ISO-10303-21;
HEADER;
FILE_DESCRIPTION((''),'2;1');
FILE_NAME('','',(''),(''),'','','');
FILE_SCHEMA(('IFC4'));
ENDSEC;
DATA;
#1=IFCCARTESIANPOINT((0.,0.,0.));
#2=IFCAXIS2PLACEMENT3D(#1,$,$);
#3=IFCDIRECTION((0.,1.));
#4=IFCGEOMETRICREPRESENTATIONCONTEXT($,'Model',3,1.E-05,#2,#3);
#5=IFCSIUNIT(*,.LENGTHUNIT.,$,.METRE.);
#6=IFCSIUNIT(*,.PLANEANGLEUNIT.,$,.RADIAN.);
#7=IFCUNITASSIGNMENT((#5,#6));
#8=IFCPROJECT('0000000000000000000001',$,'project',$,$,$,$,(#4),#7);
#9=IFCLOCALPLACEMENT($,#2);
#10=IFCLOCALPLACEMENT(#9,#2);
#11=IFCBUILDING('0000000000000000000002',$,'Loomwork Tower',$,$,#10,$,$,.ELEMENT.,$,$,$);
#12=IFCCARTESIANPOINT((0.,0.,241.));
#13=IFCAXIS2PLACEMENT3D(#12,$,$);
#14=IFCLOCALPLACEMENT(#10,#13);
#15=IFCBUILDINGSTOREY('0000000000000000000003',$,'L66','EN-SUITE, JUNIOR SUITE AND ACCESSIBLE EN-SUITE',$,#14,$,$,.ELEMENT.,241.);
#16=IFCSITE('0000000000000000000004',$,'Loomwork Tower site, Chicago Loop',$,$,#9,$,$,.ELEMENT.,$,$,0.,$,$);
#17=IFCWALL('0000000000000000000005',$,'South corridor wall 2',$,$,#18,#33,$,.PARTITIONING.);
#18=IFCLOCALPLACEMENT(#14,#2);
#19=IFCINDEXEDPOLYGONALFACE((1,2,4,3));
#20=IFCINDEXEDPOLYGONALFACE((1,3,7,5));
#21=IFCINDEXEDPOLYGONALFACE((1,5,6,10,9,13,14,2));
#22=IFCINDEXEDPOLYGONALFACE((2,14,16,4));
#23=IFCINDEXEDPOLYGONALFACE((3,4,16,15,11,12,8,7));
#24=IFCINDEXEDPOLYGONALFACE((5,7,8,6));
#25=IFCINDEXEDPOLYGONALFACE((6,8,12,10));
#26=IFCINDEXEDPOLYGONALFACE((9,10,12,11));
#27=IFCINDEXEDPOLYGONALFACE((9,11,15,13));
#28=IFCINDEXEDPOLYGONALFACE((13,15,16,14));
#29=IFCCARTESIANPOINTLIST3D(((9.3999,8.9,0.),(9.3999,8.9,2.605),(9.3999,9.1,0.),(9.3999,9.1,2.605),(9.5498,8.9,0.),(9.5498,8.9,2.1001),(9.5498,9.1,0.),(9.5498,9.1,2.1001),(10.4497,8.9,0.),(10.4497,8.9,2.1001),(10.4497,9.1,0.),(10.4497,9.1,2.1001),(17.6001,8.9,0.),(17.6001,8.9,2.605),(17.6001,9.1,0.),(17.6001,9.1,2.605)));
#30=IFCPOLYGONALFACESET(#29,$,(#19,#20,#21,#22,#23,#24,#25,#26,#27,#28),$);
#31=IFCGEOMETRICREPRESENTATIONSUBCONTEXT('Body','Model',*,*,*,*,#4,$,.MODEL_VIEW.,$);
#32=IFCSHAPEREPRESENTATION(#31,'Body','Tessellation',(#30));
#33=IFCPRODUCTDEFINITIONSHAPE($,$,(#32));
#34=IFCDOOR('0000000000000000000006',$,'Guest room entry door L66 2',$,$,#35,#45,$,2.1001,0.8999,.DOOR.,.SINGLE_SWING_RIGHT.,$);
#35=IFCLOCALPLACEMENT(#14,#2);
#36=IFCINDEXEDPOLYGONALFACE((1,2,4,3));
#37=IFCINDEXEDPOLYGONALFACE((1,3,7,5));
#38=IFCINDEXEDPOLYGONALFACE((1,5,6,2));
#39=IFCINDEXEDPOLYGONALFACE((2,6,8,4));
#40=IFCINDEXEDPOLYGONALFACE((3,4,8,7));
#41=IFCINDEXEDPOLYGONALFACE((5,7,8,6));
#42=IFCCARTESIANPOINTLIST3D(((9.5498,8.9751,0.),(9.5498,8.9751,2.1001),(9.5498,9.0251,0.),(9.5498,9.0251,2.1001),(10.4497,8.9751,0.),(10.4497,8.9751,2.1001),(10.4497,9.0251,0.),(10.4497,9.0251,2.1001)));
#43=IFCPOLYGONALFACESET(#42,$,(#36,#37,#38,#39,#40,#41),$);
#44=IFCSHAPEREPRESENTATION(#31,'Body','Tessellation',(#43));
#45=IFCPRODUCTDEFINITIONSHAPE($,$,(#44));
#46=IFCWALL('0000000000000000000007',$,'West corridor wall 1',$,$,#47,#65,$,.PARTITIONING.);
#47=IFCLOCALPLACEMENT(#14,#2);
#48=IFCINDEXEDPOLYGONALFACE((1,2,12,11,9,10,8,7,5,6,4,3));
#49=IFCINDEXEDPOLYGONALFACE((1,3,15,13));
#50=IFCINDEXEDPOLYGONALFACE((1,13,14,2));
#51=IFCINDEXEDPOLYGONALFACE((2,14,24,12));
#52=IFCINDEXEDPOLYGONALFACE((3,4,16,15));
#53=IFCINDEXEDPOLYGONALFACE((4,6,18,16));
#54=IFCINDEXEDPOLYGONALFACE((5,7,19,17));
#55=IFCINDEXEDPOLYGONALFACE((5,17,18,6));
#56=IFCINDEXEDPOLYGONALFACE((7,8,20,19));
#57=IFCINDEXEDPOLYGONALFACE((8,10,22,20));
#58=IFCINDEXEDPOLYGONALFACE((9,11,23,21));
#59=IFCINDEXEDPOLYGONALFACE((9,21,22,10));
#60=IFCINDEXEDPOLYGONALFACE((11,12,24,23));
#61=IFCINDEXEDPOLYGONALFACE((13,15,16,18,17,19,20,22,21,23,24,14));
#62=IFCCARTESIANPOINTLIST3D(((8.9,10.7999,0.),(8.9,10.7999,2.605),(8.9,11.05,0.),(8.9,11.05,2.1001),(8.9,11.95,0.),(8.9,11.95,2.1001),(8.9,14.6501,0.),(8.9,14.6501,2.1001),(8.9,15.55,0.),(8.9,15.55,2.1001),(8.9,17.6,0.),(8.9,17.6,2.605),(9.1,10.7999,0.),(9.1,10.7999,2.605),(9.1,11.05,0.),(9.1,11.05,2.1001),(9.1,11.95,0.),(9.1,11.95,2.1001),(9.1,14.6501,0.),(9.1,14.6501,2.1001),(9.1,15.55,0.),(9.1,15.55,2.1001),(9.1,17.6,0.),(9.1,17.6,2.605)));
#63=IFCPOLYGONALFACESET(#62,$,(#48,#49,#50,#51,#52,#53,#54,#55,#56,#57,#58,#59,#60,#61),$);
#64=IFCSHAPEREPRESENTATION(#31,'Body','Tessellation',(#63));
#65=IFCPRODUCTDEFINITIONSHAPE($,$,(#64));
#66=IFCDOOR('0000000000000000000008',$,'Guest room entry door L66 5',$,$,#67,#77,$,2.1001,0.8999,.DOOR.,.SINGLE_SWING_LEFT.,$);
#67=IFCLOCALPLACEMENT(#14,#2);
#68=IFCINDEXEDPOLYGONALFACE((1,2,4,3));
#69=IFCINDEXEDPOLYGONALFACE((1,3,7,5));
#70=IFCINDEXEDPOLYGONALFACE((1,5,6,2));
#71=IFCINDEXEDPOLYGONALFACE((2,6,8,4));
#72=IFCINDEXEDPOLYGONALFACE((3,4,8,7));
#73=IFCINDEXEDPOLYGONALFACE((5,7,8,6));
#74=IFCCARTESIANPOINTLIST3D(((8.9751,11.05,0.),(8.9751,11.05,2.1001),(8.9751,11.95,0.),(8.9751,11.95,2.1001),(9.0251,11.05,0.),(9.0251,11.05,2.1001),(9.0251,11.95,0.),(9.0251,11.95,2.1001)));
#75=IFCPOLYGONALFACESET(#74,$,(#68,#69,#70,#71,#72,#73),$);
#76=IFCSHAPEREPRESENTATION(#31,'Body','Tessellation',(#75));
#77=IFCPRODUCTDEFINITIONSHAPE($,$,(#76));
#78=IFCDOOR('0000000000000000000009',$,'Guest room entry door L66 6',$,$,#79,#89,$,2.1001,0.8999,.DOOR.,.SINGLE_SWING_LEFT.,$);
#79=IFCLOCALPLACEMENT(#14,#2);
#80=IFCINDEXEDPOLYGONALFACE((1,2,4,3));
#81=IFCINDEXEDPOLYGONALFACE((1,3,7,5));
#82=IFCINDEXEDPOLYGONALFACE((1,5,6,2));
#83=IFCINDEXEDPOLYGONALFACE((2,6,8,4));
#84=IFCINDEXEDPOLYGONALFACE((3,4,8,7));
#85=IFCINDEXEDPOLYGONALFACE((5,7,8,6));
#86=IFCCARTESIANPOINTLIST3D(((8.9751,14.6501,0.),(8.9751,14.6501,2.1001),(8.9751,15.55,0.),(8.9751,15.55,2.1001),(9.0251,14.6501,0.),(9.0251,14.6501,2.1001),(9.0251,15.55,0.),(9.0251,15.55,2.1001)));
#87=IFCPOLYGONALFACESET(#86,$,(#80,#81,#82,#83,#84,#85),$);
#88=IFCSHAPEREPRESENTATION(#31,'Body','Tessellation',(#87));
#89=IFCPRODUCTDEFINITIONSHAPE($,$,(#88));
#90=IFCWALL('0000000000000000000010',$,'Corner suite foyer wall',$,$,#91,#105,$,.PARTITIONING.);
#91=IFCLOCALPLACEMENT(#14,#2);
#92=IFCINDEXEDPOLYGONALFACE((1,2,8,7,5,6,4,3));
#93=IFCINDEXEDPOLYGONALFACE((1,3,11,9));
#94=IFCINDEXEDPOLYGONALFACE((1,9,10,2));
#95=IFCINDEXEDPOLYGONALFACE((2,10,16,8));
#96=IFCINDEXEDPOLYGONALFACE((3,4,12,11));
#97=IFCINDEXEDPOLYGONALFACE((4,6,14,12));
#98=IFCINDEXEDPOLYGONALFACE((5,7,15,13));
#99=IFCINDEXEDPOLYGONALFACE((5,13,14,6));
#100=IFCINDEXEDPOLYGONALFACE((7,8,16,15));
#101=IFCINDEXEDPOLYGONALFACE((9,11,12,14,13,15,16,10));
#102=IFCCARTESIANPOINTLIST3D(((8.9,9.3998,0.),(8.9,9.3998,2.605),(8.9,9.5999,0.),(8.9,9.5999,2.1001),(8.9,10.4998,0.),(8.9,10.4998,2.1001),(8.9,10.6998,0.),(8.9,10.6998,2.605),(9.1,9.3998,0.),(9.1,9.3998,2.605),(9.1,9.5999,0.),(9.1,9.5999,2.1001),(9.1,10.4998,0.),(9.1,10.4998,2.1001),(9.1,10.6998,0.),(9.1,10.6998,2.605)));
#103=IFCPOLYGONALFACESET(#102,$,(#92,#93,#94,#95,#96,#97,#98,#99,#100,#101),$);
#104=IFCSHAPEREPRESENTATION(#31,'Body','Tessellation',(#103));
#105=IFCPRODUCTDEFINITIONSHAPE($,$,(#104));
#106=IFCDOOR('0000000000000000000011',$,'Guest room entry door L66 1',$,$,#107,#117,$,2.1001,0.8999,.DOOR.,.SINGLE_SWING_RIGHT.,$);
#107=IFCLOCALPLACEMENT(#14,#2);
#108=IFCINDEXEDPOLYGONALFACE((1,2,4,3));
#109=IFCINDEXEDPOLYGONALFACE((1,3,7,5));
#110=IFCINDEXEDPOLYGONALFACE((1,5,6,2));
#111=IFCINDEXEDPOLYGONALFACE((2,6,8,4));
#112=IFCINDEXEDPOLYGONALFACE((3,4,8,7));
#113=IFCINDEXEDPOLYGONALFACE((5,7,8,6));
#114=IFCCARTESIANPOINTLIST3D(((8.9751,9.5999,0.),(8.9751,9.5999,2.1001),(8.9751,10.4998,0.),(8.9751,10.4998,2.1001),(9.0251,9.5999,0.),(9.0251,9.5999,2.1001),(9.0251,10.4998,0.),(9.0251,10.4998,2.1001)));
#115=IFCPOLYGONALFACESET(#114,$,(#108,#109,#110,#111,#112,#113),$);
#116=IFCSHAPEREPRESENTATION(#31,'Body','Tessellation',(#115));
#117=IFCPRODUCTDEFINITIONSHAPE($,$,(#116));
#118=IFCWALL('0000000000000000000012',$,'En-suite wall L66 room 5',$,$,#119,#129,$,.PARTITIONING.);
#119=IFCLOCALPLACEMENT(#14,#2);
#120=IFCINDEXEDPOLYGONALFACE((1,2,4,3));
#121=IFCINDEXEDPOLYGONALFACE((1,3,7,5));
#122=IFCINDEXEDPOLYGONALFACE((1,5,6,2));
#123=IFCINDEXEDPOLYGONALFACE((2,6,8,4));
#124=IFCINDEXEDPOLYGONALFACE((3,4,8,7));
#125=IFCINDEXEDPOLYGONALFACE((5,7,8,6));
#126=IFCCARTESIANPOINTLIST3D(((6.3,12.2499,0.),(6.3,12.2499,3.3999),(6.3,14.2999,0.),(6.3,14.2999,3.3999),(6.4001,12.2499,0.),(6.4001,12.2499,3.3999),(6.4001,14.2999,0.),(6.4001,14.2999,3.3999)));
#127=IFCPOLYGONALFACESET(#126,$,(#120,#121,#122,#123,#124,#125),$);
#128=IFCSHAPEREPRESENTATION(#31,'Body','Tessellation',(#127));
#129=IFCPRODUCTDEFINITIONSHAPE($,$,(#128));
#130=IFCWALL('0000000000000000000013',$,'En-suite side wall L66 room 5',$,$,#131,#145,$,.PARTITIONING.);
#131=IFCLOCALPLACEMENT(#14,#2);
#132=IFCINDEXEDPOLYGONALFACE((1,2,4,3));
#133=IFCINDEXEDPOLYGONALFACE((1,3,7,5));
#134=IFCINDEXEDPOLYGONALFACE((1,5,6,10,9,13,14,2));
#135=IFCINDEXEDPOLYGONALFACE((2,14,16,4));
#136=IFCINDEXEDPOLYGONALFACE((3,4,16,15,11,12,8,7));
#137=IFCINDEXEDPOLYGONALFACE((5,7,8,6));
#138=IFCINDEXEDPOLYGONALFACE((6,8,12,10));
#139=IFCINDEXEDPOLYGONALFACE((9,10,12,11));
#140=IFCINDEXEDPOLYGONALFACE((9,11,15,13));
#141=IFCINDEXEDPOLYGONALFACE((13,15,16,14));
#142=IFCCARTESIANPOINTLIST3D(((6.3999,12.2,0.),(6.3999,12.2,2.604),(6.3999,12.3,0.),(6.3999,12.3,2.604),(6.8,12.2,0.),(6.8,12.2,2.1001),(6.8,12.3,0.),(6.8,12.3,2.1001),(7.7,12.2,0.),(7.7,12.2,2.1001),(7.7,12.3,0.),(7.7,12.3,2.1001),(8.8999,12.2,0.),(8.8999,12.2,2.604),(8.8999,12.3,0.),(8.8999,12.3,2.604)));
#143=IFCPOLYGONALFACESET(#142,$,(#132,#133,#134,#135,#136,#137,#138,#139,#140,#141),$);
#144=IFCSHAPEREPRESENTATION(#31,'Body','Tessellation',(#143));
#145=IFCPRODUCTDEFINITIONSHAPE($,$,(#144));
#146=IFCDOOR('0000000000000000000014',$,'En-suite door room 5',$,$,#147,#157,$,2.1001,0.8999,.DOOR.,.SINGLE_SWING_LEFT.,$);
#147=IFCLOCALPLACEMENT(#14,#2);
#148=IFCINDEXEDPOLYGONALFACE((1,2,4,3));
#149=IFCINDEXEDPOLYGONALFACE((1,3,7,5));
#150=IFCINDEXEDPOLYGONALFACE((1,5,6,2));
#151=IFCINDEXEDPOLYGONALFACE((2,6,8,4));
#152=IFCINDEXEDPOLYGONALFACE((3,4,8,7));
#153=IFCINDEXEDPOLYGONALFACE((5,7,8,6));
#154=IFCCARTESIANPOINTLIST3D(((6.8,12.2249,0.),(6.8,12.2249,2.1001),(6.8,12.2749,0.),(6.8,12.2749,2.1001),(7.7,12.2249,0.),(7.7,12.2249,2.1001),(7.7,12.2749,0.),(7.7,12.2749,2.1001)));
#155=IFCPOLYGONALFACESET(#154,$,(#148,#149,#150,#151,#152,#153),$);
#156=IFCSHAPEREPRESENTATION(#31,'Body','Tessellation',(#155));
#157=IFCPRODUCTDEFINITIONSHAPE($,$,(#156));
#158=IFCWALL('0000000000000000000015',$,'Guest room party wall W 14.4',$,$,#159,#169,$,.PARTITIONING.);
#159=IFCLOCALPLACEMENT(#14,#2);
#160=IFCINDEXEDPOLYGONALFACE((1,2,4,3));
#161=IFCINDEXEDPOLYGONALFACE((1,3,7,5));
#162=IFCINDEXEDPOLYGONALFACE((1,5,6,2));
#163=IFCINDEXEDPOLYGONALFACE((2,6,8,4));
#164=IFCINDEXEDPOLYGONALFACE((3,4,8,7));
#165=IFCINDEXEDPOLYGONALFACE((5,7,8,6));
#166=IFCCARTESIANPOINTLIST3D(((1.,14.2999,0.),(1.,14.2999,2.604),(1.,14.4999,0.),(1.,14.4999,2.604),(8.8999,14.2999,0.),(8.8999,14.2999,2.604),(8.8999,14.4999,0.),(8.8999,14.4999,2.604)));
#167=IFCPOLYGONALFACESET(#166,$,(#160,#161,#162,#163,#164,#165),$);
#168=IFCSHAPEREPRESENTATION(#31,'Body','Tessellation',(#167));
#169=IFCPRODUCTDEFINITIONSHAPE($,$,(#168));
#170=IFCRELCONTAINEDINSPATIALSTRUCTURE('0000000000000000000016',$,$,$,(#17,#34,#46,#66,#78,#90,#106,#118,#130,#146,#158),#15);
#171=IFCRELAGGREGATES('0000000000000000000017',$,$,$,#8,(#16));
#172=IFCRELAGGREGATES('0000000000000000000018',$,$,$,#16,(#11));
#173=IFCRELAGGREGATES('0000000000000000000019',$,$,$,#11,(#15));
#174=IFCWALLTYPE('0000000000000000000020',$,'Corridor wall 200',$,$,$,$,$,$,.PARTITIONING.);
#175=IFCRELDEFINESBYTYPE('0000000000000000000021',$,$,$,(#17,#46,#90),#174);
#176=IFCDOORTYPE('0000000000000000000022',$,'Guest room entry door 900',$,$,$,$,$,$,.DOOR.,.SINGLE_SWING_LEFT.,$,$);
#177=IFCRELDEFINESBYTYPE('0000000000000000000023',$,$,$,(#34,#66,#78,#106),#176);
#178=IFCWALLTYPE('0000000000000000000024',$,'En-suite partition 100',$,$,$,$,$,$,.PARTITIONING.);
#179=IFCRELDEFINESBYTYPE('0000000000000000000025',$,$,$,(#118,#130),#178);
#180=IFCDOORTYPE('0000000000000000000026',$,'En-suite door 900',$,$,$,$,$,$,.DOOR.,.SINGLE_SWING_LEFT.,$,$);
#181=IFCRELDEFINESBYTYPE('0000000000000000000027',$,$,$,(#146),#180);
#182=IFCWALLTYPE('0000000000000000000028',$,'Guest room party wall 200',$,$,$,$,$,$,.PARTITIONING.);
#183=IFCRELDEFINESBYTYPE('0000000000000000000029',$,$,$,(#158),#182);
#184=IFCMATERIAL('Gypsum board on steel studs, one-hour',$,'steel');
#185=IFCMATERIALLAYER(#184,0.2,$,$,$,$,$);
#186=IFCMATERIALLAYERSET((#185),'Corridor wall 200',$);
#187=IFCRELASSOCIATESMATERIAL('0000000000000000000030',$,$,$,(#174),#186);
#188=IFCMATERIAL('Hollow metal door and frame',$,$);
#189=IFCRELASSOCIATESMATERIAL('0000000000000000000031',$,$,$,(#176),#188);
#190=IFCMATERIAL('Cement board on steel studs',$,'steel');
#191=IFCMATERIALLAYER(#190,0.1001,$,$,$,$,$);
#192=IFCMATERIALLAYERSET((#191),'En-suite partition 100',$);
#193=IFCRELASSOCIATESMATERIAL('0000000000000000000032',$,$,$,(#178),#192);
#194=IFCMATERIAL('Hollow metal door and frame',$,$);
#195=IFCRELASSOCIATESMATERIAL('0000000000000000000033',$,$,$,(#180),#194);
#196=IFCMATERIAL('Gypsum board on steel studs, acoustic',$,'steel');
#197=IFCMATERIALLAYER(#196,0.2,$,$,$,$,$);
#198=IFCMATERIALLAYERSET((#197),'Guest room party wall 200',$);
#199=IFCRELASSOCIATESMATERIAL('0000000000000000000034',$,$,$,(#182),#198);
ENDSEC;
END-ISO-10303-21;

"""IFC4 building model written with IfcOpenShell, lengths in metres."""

from ifc_helpers import new_model, si_unit, direction, frame, frame_2d, origin, place, context, subcontext, project, spatial, rectangle, extrude, material, layer, layer_set, type_object, element, fill, save


model = new_model("IFC4")

# Units and contexts
model_context = context("Model", 3, precision=1e-05, world=origin(), true_north=direction((0.0, 1.0)))
body_context = subcontext(model_context, "Body", "Model", "MODEL_VIEW")
ifc_project = project(units=[si_unit("LENGTHUNIT", "METRE"), si_unit("PLANEANGLEUNIT", "RADIAN")], contexts=[model_context])

# Site, building, storey
site_placement = place(None, origin())
site = spatial("IfcSite", under=ifc_project, at=site_placement, Name="Loomwork Tower site, Chicago Loop", CompositionType="ELEMENT", RefElevation=0.0)
building_placement = place(site_placement, origin())
building = spatial("IfcBuilding", under=site, at=building_placement, Name="Loomwork Tower", CompositionType="ELEMENT")
storey_placement = place(building_placement, frame((0.0, 0.0, 241.0)))
storey = spatial("IfcBuildingStorey", under=building, at=storey_placement, Name="L66", Description="EN-SUITE, JUNIOR SUITE AND ACCESSIBLE EN-SUITE", CompositionType="ELEMENT", Elevation=241.0)

# Wall, opening, door
ifc_material_1 = material(Name="Gypsum board on steel studs, one-hour", Category="steel")
ifc_layer_1 = layer(ifc_material_1, 0.2)
ifc_layer_set_1 = layer_set([ifc_layer_1], Name="Corridor wall 200")
wall_type_1 = type_object("IfcWallType", Name="Corridor wall 200", PredefinedType="PARTITIONING", material=ifc_layer_set_1)
wall_1_placement = place(storey_placement, frame((9.3999, 9.0, 0.0), z_axis=(0.0, 0.0, 1.0), x_axis=(1.0, 0.0, 0.0)))
wall_1 = element("IfcWall", 1, at=wall_1_placement, inside=storey, type_object=wall_type_1, Name="South corridor wall 2", PredefinedType="PARTITIONING", context=body_context, shape_type="SweptSolid", body=[
    extrude(rectangle(XDim=8.2002, YDim=0.2, at=frame_2d((4.1001, 0.0))), origin(), (0.0, 0.0, 1.0), 2.605),
])
opening_1_placement = place(wall_1_placement, frame((0.1499, 0.0, 0.0)))
opening_1 = element("IfcOpeningElement", 2, at=opening_1_placement, cuts=wall_1, PredefinedType="OPENING", context=body_context, shape_type="SweptSolid", body=[
    extrude(rectangle(XDim=0.8999, YDim=2.1001, at=frame_2d((0.45, 1.05))), frame((0.0, 0.1099, 0.0), z_axis=(0.0, -1.0, 0.0), x_axis=(1.0, 0.0, 0.0)), (0.0, 0.0, 1.0), 0.22),
])
ifc_material_2 = material(Name="Hollow metal door and frame")
door_type_1 = type_object("IfcDoorType", Name="Guest room entry door 900", OperationType="SINGLE_SWING_LEFT", PredefinedType="DOOR", material=ifc_material_2)
door_1_placement = place(opening_1_placement, frame((0.8999, 0.0, 0.0), z_axis=(0.0, 0.0, 1.0), x_axis=(-1.0, 0.0, 0.0)))
door_1 = element("IfcDoor", 3, at=door_1_placement, inside=storey, type_object=door_type_1, Name="Guest room entry door L66 2", OperationType="SINGLE_SWING_RIGHT", OverallHeight=2.1001, OverallWidth=0.8999, PredefinedType="DOOR", context=body_context, shape_type="SweptSolid", body=[
    extrude(rectangle(XDim=0.8999, YDim=2.1001, at=frame_2d((0.45, 1.05))), frame((0.0, 0.0249, 0.0), z_axis=(0.0, -1.0, 0.0), x_axis=(1.0, 0.0, 0.0)), (0.0, 0.0, 1.0), 0.05),
])
fill(opening_1, door_1)

# Wall, openings, doors
wall_2_placement = place(storey_placement, frame((9.0, 10.8, 0.0), z_axis=(0.0, 0.0, 1.0), x_axis=(0.0, 1.0, 0.0)))
wall_2 = element("IfcWall", 4, at=wall_2_placement, inside=storey, type_object=wall_type_1, Name="West corridor wall 1", PredefinedType="PARTITIONING", context=body_context, shape_type="SweptSolid", body=[
    extrude(rectangle(XDim=6.8, YDim=0.2, at=frame_2d((3.3999, 0.0))), origin(), (0.0, 0.0, 1.0), 2.605),
])
opening_2_placement = place(wall_2_placement, frame((0.25, 0.0, 0.0)))
opening_2 = element("IfcOpeningElement", 5, at=opening_2_placement, cuts=wall_2, PredefinedType="OPENING", context=body_context, shape_type="SweptSolid", body=[
    extrude(rectangle(XDim=0.8999, YDim=2.1001, at=frame_2d((0.45, 1.05))), frame((0.0, 0.1099, 0.0), z_axis=(0.0, -1.0, 0.0), x_axis=(1.0, 0.0, 0.0)), (0.0, 0.0, 1.0), 0.22),
])
opening_3_placement = place(wall_2_placement, frame((3.8501, 0.0, 0.0)))
opening_3 = element("IfcOpeningElement", 6, at=opening_3_placement, cuts=wall_2, PredefinedType="OPENING", context=body_context, shape_type="SweptSolid", body=[
    extrude(rectangle(XDim=0.8999, YDim=2.1001, at=frame_2d((0.45, 1.05))), frame((0.0, 0.1099, 0.0), z_axis=(0.0, -1.0, 0.0), x_axis=(1.0, 0.0, 0.0)), (0.0, 0.0, 1.0), 0.22),
])
door_2_placement = place(opening_2_placement, origin())
door_2 = element("IfcDoor", 7, at=door_2_placement, inside=storey, type_object=door_type_1, Name="Guest room entry door L66 5", OperationType="SINGLE_SWING_LEFT", OverallHeight=2.1001, OverallWidth=0.8999, PredefinedType="DOOR", context=body_context, shape_type="SweptSolid", body=[
    extrude(rectangle(XDim=0.8999, YDim=2.1001, at=frame_2d((0.45, 1.05))), frame((0.0, 0.0249, 0.0), z_axis=(0.0, -1.0, 0.0), x_axis=(1.0, 0.0, 0.0)), (0.0, 0.0, 1.0), 0.05),
])
fill(opening_2, door_2)
door_3_placement = place(opening_3_placement, origin())
door_3 = element("IfcDoor", 8, at=door_3_placement, inside=storey, type_object=door_type_1, Name="Guest room entry door L66 6", OperationType="SINGLE_SWING_LEFT", OverallHeight=2.1001, OverallWidth=0.8999, PredefinedType="DOOR", context=body_context, shape_type="SweptSolid", body=[
    extrude(rectangle(XDim=0.8999, YDim=2.1001, at=frame_2d((0.45, 1.05))), frame((0.0, 0.0249, 0.0), z_axis=(0.0, -1.0, 0.0), x_axis=(1.0, 0.0, 0.0)), (0.0, 0.0, 1.0), 0.05),
])
fill(opening_3, door_3)

# Wall, opening, door
wall_3_placement = place(storey_placement, frame((9.0, 9.3999, 0.0), z_axis=(0.0, 0.0, 1.0), x_axis=(0.0, 1.0, 0.0)))
wall_3 = element("IfcWall", 9, at=wall_3_placement, inside=storey, type_object=wall_type_1, Name="Corner suite foyer wall", PredefinedType="PARTITIONING", context=body_context, shape_type="SweptSolid", body=[
    extrude(rectangle(XDim=1.3, YDim=0.2, at=frame_2d((0.6499, 0.0))), origin(), (0.0, 0.0, 1.0), 2.605),
])
opening_4_placement = place(wall_3_placement, frame((0.2, 0.0, 0.0)))
opening_4 = element("IfcOpeningElement", 10, at=opening_4_placement, cuts=wall_3, PredefinedType="OPENING", context=body_context, shape_type="SweptSolid", body=[
    extrude(rectangle(XDim=0.8999, YDim=2.1001, at=frame_2d((0.45, 1.05))), frame((0.0, 0.1099, 0.0), z_axis=(0.0, -1.0, 0.0), x_axis=(1.0, 0.0, 0.0)), (0.0, 0.0, 1.0), 0.22),
])
door_4_placement = place(opening_4_placement, origin())
door_4 = element("IfcDoor", 11, at=door_4_placement, inside=storey, type_object=door_type_1, Name="Guest room entry door L66 1", OperationType="SINGLE_SWING_RIGHT", OverallHeight=2.1001, OverallWidth=0.8999, PredefinedType="DOOR", context=body_context, shape_type="SweptSolid", body=[
    extrude(rectangle(XDim=0.8999, YDim=2.1001, at=frame_2d((0.45, 1.05))), frame((0.0, 0.0249, 0.0), z_axis=(0.0, -1.0, 0.0), x_axis=(1.0, 0.0, 0.0)), (0.0, 0.0, 1.0), 0.05),
])
fill(opening_4, door_4)

# Wall
ifc_material_3 = material(Name="Cement board on steel studs", Category="steel")
ifc_layer_2 = layer(ifc_material_3, 0.1001)
ifc_layer_set_2 = layer_set([ifc_layer_2], Name="En-suite partition 100")
wall_type_2 = type_object("IfcWallType", Name="En-suite partition 100", PredefinedType="PARTITIONING", material=ifc_layer_set_2)
wall_4_placement = place(storey_placement, frame((6.3501, 12.25, 0.0), z_axis=(0.0, 0.0, 1.0), x_axis=(0.0, 1.0, 0.0)))
element("IfcWall", 12, at=wall_4_placement, inside=storey, type_object=wall_type_2, Name="En-suite wall L66 room 5", PredefinedType="PARTITIONING", context=body_context, shape_type="SweptSolid", body=[
    extrude(rectangle(XDim=2.05, YDim=0.1001, at=frame_2d((1.0249, 0.0))), origin(), (0.0, 0.0, 1.0), 3.3999),
])

# Wall, opening, door
wall_5_placement = place(storey_placement, frame((8.8999, 12.25, 0.0), z_axis=(0.0, 0.0, 1.0), x_axis=(-1.0, 0.0, 0.0)))
wall_5 = element("IfcWall", 13, at=wall_5_placement, inside=storey, type_object=wall_type_2, Name="En-suite side wall L66 room 5", PredefinedType="PARTITIONING", context=body_context, shape_type="SweptSolid", body=[
    extrude(rectangle(XDim=2.5, YDim=0.1001, at=frame_2d((1.25, 0.0))), origin(), (0.0, 0.0, 1.0), 2.604),
])
opening_5_placement = place(wall_5_placement, frame((1.2, 0.0, 0.0)))
opening_5 = element("IfcOpeningElement", 14, at=opening_5_placement, cuts=wall_5, PredefinedType="OPENING", context=body_context, shape_type="SweptSolid", body=[
    extrude(rectangle(XDim=0.8999, YDim=2.1001, at=frame_2d((0.45, 1.05))), frame((0.0, 0.0601, 0.0), z_axis=(0.0, -1.0, 0.0), x_axis=(1.0, 0.0, 0.0)), (0.0, 0.0, 1.0), 0.1201),
])
ifc_material_4 = material(Name="Hollow metal door and frame")
door_type_2 = type_object("IfcDoorType", Name="En-suite door 900", OperationType="SINGLE_SWING_LEFT", PredefinedType="DOOR", material=ifc_material_4)
door_5_placement = place(opening_5_placement, frame((0.8999, 0.0, 0.0), z_axis=(0.0, 0.0, 1.0), x_axis=(-1.0, 0.0, 0.0)))
door_5 = element("IfcDoor", 15, at=door_5_placement, inside=storey, type_object=door_type_2, Name="En-suite door room 5", OperationType="SINGLE_SWING_LEFT", OverallHeight=2.1001, OverallWidth=0.8999, PredefinedType="DOOR", context=body_context, shape_type="SweptSolid", body=[
    extrude(rectangle(XDim=0.8999, YDim=2.1001, at=frame_2d((0.45, 1.05))), frame((0.0, 0.0249, 0.0), z_axis=(0.0, -1.0, 0.0), x_axis=(1.0, 0.0, 0.0)), (0.0, 0.0, 1.0), 0.05),
])
fill(opening_5, door_5)

# Wall
ifc_material_5 = material(Name="Gypsum board on steel studs, acoustic", Category="steel")
ifc_layer_3 = layer(ifc_material_5, 0.2)
ifc_layer_set_3 = layer_set([ifc_layer_3], Name="Guest room party wall 200")
wall_type_3 = type_object("IfcWallType", Name="Guest room party wall 200", PredefinedType="PARTITIONING", material=ifc_layer_set_3)
wall_6_placement = place(storey_placement, frame((8.8999, 14.3999, 0.0), z_axis=(0.0, 0.0, 1.0), x_axis=(-1.0, 0.0, 0.0)))
element("IfcWall", 16, at=wall_6_placement, inside=storey, type_object=wall_type_3, Name="Guest room party wall W 14.4", PredefinedType="PARTITIONING", context=body_context, shape_type="SweptSolid", body=[
    extrude(rectangle(XDim=7.8999, YDim=0.2, at=frame_2d((3.95, 0.0))), origin(), (0.0, 0.0, 1.0), 2.604),
])

save(model, "model.ifc")
